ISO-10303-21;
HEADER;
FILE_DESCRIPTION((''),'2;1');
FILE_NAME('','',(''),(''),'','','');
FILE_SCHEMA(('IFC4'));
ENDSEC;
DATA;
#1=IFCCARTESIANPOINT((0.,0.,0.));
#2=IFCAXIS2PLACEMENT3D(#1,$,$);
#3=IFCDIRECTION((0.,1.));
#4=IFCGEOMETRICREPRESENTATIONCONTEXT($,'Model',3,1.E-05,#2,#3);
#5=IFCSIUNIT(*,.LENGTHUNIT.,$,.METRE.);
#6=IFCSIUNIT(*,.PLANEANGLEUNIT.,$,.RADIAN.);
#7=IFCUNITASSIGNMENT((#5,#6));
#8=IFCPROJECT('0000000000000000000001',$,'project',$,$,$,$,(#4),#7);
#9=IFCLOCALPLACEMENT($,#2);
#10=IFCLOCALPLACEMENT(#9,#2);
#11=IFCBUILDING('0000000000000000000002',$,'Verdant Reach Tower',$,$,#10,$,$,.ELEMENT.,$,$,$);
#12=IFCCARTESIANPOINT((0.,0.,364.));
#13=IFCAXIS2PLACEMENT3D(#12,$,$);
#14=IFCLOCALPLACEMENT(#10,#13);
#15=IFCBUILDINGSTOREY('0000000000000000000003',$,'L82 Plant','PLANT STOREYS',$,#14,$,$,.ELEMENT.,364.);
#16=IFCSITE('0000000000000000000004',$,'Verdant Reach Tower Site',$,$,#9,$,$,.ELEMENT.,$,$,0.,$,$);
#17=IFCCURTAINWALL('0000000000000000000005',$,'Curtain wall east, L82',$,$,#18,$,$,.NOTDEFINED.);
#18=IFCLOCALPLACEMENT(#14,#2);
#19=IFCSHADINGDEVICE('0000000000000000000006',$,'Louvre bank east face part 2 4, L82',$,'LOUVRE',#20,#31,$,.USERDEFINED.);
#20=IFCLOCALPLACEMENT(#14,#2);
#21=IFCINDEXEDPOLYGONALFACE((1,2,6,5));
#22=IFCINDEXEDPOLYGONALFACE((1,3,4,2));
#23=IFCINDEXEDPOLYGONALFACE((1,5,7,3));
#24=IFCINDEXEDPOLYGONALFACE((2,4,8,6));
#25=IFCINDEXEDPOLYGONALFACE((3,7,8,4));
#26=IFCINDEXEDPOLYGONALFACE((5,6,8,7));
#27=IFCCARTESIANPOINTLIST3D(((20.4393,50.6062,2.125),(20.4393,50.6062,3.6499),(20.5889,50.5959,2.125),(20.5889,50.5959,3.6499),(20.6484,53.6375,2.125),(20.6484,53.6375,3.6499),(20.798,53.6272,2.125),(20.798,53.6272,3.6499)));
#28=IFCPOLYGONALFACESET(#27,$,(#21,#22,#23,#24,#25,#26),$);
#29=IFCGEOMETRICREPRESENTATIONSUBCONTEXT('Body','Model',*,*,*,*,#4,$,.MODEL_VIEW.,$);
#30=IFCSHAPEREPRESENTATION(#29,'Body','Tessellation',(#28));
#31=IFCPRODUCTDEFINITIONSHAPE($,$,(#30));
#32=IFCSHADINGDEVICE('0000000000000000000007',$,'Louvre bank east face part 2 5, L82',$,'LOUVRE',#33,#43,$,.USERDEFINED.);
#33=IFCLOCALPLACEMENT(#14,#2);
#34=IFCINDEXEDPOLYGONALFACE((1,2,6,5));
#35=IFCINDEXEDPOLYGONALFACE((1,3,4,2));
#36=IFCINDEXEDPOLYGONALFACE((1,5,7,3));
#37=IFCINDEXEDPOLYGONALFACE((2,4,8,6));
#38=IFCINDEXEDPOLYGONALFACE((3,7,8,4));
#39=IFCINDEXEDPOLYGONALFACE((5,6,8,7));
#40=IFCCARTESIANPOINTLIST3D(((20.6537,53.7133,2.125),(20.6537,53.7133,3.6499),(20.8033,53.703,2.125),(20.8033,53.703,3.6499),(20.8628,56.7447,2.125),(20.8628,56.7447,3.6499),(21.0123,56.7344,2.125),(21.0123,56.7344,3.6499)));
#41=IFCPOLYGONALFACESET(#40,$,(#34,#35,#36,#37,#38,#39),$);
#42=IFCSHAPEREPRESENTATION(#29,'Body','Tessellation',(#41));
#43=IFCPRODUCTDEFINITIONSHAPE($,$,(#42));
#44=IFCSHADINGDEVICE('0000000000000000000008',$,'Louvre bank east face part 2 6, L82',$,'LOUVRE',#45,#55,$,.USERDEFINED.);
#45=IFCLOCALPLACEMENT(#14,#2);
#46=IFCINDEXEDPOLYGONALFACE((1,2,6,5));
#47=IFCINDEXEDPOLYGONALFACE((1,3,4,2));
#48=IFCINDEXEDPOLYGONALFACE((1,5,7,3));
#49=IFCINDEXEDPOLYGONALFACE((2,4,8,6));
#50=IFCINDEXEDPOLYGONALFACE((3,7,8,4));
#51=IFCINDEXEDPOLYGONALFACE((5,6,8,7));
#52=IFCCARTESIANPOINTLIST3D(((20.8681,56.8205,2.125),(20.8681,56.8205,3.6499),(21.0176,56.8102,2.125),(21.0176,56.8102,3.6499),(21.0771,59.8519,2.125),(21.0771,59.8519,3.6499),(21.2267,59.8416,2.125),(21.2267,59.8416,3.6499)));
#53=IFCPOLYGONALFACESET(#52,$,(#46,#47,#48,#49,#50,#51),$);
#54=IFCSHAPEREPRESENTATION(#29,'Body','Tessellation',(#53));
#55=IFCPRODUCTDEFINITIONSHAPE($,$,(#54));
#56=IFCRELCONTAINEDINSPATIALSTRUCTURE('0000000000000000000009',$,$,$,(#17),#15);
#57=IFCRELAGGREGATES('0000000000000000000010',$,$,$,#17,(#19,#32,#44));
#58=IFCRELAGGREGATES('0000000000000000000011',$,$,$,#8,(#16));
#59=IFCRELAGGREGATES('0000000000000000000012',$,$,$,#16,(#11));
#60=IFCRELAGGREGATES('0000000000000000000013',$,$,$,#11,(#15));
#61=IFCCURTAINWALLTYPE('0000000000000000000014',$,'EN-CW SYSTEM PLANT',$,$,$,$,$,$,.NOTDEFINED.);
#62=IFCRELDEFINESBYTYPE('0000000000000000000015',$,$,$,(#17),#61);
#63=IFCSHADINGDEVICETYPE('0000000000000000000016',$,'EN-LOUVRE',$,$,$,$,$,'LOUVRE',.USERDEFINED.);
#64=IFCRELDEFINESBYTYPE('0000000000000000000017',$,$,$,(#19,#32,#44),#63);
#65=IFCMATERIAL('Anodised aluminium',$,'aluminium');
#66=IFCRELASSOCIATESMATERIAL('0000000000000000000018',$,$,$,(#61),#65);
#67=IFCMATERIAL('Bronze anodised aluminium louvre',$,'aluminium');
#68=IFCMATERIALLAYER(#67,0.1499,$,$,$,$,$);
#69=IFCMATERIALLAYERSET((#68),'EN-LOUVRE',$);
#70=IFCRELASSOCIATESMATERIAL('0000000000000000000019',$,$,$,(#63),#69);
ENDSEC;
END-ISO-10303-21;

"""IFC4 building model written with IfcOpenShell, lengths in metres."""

from ifc_helpers import new_model, si_unit, direction, frame, origin, origin_2d, place, context, subcontext, project, spatial, rectangle, extrude, material, layer, layer_set, type_object, element, aggregate, save


model = new_model("IFC4")

# Units and contexts
model_context = context("Model", 3, precision=1e-05, world=origin(), true_north=direction((0.0, 1.0)))
body_context = subcontext(model_context, "Body", "Model", "MODEL_VIEW")
ifc_project = project(units=[si_unit("LENGTHUNIT", "METRE"), si_unit("PLANEANGLEUNIT", "RADIAN")], contexts=[model_context])

# Site, building, storey
site_placement = place(None, origin())
site = spatial("IfcSite", under=ifc_project, at=site_placement, Name="Verdant Reach Tower Site", CompositionType="ELEMENT", RefElevation=0.0)
building_placement = place(site_placement, origin())
building = spatial("IfcBuilding", under=site, at=building_placement, Name="Verdant Reach Tower", CompositionType="ELEMENT")
storey_placement = place(building_placement, frame((0.0, 0.0, 364.0)))
storey = spatial("IfcBuildingStorey", under=building, at=storey_placement, Name="L82 Plant", Description="PLANT STOREYS", CompositionType="ELEMENT", Elevation=364.0)

# Curtain wall
ifc_material_1 = material(Name="Anodised aluminium", Category="aluminium")
curtain_wall_type = type_object("IfcCurtainWallType", Name="EN-CW SYSTEM PLANT", PredefinedType="NOTDEFINED", material=ifc_material_1)
curtain_wall_placement = place(storey_placement, origin())
curtain_wall = element("IfcCurtainWall", 1, at=curtain_wall_placement, inside=storey, type_object=curtain_wall_type, Name="Curtain wall east, L82", PredefinedType="NOTDEFINED")

# Shading devices
ifc_material_2 = material(Name="Bronze anodised aluminium louvre", Category="aluminium")
ifc_layer_1 = layer(ifc_material_2, 0.1499)
ifc_layer_set_1 = layer_set([ifc_layer_1], Name="EN-LOUVRE")
shading_device_type = type_object("IfcShadingDeviceType", Name="EN-LOUVRE", ElementType="LOUVRE", PredefinedType="USERDEFINED", material=ifc_layer_set_1)
shading_device_1_placement = place(storey_placement, frame((20.6187, 52.1167, 2.125), z_axis=(0.0, 0.0, 1.0), x_axis=(0.068802, 0.99763, 0.0)))
shading_device_1 = element("IfcShadingDevice", 2, at=shading_device_1_placement, type_object=shading_device_type, Name="Louvre bank east face part 2 4, L82", ObjectType="LOUVRE", PredefinedType="USERDEFINED", context=body_context, shape_type="SweptSolid", body=[
    extrude(rectangle(XDim=3.0386, YDim=0.1499, at=origin_2d()), origin(), (0.0, 0.0, 1.0), 1.5249),
])
shading_device_2_placement = place(storey_placement, frame((20.833, 55.2239, 2.125), z_axis=(0.0, 0.0, 1.0), x_axis=(0.068802, 0.99763, 0.0)))
shading_device_2 = element("IfcShadingDevice", 3, at=shading_device_2_placement, type_object=shading_device_type, Name="Louvre bank east face part 2 5, L82", ObjectType="LOUVRE", PredefinedType="USERDEFINED", context=body_context, shape_type="SweptSolid", body=[
    extrude(rectangle(XDim=3.0386, YDim=0.1499, at=origin_2d()), origin(), (0.0, 0.0, 1.0), 1.5249),
])
shading_device_3_placement = place(storey_placement, frame((21.0474, 58.3311, 2.125), z_axis=(0.0, 0.0, 1.0), x_axis=(0.068802, 0.99763, 0.0)))
shading_device_3 = element("IfcShadingDevice", 4, at=shading_device_3_placement, type_object=shading_device_type, Name="Louvre bank east face part 2 6, L82", ObjectType="LOUVRE", PredefinedType="USERDEFINED", context=body_context, shape_type="SweptSolid", body=[
    extrude(rectangle(XDim=3.0386, YDim=0.1499, at=origin_2d()), origin(), (0.0, 0.0, 1.0), 1.5249),
])
aggregate(curtain_wall, [shading_device_1, shading_device_2, shading_device_3])

save(model, "model.ifc")
